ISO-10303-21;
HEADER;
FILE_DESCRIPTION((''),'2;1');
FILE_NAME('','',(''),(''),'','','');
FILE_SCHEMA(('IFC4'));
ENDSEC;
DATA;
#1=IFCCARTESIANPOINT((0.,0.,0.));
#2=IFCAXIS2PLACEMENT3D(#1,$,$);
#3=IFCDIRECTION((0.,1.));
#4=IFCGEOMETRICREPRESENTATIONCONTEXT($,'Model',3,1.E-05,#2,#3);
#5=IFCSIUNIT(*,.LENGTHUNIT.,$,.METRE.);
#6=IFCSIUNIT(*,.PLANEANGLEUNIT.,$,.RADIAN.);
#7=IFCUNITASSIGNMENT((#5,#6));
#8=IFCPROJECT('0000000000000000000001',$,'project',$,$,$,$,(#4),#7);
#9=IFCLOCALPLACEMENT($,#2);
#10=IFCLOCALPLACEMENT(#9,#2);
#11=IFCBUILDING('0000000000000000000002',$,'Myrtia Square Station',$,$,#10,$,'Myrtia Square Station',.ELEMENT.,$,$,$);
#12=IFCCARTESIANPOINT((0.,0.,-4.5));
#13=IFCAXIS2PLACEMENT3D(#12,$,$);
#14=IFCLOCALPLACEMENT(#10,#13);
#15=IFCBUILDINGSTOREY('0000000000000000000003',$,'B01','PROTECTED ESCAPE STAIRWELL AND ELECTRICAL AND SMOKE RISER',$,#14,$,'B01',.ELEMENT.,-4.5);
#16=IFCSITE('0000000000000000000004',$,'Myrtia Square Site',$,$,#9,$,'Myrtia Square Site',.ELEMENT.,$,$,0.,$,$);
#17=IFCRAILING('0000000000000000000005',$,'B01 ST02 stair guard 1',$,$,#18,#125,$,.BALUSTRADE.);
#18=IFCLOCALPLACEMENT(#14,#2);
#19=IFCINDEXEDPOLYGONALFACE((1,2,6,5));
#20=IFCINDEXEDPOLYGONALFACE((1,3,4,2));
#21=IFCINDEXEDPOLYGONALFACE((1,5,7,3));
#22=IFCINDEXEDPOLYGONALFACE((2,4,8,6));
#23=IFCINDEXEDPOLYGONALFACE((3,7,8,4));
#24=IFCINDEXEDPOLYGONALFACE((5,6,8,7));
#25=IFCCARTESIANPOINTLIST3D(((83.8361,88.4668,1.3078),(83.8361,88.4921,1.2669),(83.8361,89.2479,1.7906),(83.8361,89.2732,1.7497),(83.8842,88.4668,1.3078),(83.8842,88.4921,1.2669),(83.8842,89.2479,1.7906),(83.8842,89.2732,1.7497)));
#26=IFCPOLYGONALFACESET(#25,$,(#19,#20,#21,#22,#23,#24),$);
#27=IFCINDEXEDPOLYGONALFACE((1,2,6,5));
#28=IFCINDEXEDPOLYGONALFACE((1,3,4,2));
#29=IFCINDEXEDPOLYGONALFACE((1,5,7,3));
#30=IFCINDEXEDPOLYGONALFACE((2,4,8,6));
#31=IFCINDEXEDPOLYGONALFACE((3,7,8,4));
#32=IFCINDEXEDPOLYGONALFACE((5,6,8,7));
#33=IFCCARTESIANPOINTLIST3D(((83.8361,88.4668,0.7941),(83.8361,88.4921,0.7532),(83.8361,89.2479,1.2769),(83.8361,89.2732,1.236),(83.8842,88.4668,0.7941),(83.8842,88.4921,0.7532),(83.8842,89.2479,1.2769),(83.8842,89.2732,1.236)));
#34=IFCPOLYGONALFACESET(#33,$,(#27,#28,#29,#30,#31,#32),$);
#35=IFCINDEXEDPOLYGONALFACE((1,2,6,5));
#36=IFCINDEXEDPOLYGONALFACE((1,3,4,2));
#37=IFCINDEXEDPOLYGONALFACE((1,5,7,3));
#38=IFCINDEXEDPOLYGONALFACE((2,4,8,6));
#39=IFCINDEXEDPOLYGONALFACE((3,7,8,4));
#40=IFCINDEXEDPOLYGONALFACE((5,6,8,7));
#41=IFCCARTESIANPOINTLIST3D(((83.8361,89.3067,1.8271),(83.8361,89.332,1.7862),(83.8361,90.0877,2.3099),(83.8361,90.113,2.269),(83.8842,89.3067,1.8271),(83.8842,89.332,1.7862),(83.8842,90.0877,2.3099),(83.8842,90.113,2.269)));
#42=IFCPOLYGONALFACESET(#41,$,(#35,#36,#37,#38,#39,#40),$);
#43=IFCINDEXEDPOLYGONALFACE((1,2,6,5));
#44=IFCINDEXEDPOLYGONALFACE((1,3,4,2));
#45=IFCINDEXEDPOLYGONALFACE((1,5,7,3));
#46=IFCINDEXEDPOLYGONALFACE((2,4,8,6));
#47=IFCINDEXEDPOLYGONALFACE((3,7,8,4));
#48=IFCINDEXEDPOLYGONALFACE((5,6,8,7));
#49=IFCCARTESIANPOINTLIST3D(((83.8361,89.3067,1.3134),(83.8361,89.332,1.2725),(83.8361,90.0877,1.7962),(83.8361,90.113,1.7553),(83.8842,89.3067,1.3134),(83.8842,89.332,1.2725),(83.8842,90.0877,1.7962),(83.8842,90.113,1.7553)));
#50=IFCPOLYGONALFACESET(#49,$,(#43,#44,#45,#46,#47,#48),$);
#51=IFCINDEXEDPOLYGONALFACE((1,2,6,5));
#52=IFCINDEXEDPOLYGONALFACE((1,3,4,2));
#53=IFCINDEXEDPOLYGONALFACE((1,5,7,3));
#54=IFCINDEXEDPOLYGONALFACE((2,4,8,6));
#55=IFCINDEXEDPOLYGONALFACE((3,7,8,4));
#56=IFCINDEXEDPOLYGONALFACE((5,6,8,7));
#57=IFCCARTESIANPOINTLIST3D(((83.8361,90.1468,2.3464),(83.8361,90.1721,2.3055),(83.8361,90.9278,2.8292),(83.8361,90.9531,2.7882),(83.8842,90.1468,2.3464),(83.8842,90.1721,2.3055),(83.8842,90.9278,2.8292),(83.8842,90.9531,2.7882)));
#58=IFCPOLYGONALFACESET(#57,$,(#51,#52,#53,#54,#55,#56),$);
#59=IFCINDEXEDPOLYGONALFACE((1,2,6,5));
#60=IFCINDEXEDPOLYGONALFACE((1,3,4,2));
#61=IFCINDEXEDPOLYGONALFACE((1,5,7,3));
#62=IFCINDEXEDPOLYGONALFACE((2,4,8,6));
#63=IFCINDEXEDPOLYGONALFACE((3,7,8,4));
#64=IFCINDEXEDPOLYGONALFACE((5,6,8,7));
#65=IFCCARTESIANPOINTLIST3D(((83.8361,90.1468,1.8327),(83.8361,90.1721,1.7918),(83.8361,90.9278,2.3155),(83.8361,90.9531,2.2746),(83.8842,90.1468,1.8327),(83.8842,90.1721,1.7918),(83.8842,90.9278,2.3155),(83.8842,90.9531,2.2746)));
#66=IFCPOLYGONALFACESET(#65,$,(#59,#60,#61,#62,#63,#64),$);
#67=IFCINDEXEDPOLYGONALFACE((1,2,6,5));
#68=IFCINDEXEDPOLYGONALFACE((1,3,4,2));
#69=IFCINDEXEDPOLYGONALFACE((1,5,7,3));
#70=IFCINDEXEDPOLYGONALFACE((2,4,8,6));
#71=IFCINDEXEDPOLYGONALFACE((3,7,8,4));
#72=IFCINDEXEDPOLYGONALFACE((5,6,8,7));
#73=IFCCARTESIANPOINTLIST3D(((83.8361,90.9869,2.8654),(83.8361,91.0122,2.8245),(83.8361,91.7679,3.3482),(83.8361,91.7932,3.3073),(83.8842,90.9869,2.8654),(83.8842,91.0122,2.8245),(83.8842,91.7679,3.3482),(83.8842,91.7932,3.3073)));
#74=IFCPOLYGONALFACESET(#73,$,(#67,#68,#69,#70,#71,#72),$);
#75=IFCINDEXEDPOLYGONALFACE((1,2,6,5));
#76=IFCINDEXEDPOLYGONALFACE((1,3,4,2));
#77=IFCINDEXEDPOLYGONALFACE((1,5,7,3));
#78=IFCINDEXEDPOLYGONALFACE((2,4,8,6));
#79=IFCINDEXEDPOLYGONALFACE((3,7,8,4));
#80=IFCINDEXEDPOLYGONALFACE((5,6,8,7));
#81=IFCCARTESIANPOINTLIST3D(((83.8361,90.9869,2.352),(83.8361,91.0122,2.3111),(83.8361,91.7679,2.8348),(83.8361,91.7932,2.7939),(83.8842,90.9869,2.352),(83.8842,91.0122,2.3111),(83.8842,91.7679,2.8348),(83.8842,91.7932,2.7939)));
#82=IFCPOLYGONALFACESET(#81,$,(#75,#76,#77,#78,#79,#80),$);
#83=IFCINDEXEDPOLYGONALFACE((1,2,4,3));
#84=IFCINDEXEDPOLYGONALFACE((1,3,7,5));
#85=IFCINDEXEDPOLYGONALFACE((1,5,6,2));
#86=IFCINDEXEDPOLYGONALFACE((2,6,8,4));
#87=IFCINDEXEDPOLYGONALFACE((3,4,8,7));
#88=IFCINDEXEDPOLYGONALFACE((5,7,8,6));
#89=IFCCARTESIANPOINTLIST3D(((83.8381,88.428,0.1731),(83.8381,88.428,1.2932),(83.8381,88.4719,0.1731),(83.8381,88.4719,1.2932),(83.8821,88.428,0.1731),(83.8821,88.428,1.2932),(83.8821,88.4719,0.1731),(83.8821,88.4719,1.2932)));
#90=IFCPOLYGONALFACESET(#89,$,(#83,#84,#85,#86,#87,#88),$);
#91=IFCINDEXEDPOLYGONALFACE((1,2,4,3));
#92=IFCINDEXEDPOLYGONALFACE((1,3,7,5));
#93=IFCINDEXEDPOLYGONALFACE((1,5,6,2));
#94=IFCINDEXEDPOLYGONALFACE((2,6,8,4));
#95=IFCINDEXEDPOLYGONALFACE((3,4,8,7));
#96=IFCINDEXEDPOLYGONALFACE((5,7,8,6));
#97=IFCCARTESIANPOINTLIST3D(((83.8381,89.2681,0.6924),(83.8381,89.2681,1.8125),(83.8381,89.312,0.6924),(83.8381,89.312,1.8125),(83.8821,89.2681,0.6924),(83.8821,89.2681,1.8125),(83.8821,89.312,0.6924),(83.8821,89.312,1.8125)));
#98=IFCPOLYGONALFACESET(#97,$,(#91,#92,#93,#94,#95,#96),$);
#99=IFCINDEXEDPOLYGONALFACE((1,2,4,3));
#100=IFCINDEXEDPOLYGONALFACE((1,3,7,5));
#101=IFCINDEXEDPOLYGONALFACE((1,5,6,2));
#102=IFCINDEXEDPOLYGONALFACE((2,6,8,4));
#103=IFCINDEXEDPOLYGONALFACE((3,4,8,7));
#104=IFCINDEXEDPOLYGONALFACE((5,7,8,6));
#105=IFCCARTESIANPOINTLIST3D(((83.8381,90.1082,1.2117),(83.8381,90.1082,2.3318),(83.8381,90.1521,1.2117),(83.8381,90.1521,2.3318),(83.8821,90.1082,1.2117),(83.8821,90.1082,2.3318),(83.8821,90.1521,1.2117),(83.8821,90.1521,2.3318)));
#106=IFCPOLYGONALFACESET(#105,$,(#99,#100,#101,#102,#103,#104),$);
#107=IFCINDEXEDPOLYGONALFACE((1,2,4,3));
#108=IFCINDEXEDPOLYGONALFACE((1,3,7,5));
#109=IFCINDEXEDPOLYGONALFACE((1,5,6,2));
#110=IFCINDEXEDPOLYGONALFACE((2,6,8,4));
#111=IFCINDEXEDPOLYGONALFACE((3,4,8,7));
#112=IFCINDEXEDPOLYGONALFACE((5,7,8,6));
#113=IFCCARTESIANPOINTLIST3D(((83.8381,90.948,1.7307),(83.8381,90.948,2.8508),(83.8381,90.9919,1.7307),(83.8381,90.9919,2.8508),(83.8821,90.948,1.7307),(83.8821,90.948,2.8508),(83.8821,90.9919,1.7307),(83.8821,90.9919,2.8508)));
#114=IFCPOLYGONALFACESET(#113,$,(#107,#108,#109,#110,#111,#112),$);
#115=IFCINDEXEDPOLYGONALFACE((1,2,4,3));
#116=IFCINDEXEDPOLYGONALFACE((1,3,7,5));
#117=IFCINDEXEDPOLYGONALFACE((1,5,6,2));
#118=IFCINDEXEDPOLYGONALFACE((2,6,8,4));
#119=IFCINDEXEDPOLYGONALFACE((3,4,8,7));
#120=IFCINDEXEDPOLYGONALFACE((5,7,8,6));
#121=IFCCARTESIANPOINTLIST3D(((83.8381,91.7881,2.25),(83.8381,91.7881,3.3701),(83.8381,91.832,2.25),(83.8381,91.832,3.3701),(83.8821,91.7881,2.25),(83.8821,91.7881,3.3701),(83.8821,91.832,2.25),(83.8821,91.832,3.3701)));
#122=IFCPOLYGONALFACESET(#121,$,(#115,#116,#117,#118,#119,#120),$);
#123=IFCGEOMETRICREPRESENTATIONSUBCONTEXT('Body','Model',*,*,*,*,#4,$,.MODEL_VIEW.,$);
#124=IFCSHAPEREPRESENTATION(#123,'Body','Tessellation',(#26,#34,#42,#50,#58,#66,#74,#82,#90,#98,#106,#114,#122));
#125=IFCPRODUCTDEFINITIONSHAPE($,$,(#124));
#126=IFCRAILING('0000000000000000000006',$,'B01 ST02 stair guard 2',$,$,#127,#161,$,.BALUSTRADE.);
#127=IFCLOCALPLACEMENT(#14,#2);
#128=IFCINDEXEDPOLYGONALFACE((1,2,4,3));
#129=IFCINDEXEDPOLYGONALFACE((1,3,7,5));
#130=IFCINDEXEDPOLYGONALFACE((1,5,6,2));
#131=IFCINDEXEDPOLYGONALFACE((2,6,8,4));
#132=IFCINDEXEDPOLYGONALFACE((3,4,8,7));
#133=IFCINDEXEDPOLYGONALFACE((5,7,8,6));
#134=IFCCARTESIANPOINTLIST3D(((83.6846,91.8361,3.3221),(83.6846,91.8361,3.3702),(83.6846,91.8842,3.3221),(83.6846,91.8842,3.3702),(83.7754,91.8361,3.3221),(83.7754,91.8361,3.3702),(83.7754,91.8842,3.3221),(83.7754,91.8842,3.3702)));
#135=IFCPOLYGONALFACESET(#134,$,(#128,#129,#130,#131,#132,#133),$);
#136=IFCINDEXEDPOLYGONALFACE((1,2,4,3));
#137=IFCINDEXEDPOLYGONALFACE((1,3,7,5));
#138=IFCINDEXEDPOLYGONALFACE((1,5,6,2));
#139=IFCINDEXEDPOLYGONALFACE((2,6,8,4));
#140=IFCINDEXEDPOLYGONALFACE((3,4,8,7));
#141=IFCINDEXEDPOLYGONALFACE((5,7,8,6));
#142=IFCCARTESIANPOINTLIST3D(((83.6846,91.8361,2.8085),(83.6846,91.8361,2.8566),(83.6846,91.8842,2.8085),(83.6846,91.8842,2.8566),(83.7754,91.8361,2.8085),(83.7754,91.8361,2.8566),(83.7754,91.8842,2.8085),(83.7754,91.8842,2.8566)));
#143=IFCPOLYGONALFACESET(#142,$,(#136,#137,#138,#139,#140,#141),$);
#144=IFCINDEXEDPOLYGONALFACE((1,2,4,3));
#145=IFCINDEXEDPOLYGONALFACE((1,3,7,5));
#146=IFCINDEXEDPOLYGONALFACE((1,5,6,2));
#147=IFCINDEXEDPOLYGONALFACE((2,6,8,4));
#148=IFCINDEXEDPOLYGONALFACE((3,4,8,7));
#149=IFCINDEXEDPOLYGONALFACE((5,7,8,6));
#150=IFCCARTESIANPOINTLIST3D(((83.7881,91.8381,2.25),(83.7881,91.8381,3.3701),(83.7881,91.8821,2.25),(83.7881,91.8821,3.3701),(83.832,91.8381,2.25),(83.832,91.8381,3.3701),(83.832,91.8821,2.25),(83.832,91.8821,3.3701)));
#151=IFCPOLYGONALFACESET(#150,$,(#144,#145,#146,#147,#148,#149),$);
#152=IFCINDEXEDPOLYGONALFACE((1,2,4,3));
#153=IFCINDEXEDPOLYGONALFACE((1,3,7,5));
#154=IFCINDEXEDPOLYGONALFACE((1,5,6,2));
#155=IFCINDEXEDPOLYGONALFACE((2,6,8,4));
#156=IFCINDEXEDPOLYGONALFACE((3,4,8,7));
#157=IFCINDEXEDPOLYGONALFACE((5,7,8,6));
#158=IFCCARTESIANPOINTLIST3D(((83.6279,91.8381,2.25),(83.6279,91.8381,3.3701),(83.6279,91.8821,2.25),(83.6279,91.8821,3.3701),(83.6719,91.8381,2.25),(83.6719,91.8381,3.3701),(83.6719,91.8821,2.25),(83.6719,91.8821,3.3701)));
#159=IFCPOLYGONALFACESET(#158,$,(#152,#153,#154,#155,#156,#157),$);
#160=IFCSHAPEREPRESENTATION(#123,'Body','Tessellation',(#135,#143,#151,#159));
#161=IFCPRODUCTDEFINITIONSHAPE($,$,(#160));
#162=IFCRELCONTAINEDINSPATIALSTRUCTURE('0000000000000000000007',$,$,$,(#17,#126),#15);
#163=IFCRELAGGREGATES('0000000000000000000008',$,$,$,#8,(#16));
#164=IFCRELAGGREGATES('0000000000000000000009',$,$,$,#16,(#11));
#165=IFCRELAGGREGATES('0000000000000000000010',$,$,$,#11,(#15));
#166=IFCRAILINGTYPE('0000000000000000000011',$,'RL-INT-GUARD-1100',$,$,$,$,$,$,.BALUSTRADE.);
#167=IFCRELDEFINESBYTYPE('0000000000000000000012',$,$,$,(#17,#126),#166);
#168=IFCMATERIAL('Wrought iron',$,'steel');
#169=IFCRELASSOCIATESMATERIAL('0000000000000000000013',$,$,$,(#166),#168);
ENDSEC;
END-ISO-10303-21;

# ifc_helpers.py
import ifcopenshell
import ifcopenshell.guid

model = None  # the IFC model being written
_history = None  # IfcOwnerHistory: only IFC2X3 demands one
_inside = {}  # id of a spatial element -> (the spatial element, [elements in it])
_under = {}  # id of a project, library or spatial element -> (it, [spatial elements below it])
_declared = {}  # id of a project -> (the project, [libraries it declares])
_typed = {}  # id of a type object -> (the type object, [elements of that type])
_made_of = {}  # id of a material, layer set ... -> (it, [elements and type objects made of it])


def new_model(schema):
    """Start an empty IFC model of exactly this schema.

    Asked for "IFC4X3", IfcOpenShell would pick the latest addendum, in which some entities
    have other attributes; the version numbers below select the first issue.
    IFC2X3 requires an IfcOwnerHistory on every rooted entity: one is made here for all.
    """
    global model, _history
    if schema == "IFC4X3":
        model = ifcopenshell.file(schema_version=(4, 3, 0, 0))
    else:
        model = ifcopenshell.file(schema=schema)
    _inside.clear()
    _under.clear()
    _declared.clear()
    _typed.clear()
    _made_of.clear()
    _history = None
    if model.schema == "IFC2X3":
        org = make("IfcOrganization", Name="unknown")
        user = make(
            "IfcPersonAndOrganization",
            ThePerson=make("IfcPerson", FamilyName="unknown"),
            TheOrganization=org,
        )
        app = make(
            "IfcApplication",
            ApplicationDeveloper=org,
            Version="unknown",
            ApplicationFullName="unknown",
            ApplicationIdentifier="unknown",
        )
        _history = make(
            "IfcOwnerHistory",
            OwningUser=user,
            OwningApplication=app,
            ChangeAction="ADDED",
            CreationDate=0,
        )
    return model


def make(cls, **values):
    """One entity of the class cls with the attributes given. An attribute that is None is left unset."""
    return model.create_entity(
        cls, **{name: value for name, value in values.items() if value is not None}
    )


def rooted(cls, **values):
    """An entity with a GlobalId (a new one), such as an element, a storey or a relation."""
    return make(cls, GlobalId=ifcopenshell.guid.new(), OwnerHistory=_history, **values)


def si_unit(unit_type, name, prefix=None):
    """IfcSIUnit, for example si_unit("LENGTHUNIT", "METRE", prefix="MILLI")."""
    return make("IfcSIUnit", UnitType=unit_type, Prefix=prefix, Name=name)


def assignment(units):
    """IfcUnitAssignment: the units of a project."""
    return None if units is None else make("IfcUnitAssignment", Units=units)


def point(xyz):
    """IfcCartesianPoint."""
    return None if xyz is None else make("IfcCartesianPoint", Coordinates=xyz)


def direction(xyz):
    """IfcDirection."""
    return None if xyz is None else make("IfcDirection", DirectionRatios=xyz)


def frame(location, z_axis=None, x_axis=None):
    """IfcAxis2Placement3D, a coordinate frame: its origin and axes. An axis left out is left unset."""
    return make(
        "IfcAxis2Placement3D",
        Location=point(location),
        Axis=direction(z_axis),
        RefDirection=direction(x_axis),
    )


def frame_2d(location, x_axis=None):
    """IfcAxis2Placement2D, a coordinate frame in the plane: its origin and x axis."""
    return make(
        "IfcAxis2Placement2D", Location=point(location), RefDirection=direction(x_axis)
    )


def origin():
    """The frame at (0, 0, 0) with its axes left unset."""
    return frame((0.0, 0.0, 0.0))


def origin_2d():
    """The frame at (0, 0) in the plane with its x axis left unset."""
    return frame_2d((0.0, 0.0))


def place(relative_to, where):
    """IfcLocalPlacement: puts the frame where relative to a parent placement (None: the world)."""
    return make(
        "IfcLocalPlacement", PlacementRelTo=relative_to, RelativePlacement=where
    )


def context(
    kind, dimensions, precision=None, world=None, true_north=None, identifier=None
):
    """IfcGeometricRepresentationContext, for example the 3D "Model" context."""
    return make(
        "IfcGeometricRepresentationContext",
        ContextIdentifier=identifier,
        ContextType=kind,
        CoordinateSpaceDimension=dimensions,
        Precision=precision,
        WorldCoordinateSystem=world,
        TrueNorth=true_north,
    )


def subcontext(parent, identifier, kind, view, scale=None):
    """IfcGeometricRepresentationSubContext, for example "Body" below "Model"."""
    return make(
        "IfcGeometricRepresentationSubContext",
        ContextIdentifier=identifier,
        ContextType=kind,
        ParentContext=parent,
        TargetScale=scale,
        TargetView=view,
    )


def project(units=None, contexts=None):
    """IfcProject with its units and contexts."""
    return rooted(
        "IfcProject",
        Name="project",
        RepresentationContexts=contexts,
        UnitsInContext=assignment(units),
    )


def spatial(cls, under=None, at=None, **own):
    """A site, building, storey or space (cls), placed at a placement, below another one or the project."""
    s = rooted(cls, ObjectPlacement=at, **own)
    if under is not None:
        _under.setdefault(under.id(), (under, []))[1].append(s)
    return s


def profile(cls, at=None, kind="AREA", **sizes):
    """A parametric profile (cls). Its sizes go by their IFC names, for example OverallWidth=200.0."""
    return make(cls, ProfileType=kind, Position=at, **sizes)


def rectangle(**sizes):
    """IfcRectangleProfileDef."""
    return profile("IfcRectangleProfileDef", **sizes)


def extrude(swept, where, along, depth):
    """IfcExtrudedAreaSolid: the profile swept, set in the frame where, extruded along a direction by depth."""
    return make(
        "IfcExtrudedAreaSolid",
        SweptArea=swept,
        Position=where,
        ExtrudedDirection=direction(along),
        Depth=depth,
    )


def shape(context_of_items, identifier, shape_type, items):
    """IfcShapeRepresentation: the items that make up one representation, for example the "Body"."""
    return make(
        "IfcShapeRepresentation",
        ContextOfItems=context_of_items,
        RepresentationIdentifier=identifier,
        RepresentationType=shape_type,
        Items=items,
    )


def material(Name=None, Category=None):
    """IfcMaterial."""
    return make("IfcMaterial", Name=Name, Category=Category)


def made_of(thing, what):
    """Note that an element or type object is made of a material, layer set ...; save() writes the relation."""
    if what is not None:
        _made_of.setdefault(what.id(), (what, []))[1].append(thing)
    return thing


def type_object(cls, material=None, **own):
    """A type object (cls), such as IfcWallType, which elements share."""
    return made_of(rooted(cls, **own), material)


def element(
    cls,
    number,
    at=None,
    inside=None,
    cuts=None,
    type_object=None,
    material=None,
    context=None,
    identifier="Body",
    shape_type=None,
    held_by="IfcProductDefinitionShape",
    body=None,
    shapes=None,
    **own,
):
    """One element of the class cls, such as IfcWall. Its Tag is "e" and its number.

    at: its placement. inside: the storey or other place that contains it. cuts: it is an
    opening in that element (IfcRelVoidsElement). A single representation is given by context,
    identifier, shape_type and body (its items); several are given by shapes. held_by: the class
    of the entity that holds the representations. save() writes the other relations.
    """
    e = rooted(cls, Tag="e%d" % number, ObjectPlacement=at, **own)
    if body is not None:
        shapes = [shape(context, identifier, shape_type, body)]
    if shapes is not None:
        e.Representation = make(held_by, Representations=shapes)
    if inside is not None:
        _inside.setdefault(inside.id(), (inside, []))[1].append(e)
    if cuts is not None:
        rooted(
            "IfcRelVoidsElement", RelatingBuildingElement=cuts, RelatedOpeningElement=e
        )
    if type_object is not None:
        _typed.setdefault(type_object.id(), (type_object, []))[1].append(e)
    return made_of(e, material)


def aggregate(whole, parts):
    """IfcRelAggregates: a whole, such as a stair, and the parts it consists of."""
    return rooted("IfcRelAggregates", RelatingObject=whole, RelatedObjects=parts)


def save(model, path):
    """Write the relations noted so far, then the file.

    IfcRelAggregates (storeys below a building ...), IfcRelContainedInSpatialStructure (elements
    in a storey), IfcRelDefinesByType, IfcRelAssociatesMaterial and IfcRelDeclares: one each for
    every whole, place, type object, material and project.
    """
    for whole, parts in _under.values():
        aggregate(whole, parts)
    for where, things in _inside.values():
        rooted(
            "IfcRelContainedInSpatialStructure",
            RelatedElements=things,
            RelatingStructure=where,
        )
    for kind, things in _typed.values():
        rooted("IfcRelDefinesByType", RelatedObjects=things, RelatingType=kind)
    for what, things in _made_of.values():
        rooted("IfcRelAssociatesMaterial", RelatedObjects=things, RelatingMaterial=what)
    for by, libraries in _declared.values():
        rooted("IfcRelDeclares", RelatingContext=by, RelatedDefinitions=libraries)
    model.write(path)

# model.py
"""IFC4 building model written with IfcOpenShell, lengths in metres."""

from ifc_helpers import new_model, si_unit, direction, frame, origin, origin_2d, place, context, subcontext, project, spatial, rectangle, extrude, material, type_object, element, save


model = new_model("IFC4")

# Units and contexts
model_context = context("Model", 3, precision=1e-05, world=origin(), true_north=direction((0.0, 1.0)))
body_context = subcontext(model_context, "Body", "Model", "MODEL_VIEW")
ifc_project = project(units=[si_unit("LENGTHUNIT", "METRE"), si_unit("PLANEANGLEUNIT", "RADIAN")], contexts=[model_context])

# Site, building, storey
site_placement = place(None, origin())
site = spatial("IfcSite", under=ifc_project, at=site_placement, Name="Myrtia Square Site", LongName="Myrtia Square Site", CompositionType="ELEMENT", RefElevation=0.0)
building_placement = place(site_placement, origin())
building = spatial("IfcBuilding", under=site, at=building_placement, Name="Myrtia Square Station", LongName="Myrtia Square Station", CompositionType="ELEMENT")
storey_placement = place(building_placement, frame((0.0, 0.0, -4.5)))
storey = spatial("IfcBuildingStorey", under=building, at=storey_placement, Name="B01", Description="PROTECTED ESCAPE STAIRWELL AND ELECTRICAL AND SMOKE RISER", LongName="B01", CompositionType="ELEMENT", Elevation=-4.5)

# Railings
ifc_material_1 = material(Name="Wrought iron", Category="steel")
railing_type_1 = type_object("IfcRailingType", Name="RL-INT-GUARD-1100", PredefinedType="BALUSTRADE", material=ifc_material_1)
railing_1_placement = place(storey_placement, frame((83.8601, 88.45, 0.1731)))
element("IfcRailing", 1, at=railing_1_placement, inside=storey, type_object=railing_type_1, Name="B01 ST02 stair guard 1", PredefinedType="BALUSTRADE", context=body_context, shape_type="SweptSolid", body=[
    extrude(rectangle(XDim=0.0481, YDim=0.0481, at=origin_2d()), frame((0.0, 0.0295, 1.1143), z_axis=(0.0, 0.850623, 0.525776), x_axis=(-1.0, 0.0, 0.0)), (0.0, 0.0, 1.0), 0.9182),
    extrude(rectangle(XDim=0.0481, YDim=0.0481, at=origin_2d()), frame((0.0, 0.0295, 0.6006), z_axis=(0.0, 0.850623, 0.525776), x_axis=(-1.0, 0.0, 0.0)), (0.0, 0.0, 1.0), 0.9182),
    extrude(rectangle(XDim=0.0481, YDim=0.0481, at=origin_2d()), frame((0.0, 0.8694, 1.6335), z_axis=(0.0, 0.850623, 0.525776), x_axis=(-1.0, 0.0, 0.0)), (0.0, 0.0, 1.0), 0.9182),
    extrude(rectangle(XDim=0.0481, YDim=0.0481, at=origin_2d()), frame((0.0, 0.8694, 1.1199), z_axis=(0.0, 0.850623, 0.525776), x_axis=(-1.0, 0.0, 0.0)), (0.0, 0.0, 1.0), 0.9182),
    extrude(rectangle(XDim=0.0481, YDim=0.0481, at=origin_2d()), frame((0.0, 1.7095, 2.1528), z_axis=(0.0, 0.850623, 0.525776), x_axis=(-1.0, 0.0, 0.0)), (0.0, 0.0, 1.0), 0.9182),
    extrude(rectangle(XDim=0.0481, YDim=0.0481, at=origin_2d()), frame((0.0, 1.7095, 1.6392), z_axis=(0.0, 0.850623, 0.525776), x_axis=(-1.0, 0.0, 0.0)), (0.0, 0.0, 1.0), 0.9182),
    extrude(rectangle(XDim=0.0481, YDim=0.0481, at=origin_2d()), frame((0.0, 2.5496, 2.6719), z_axis=(0.0, 0.850623, 0.525776), x_axis=(-1.0, 0.0, 0.0)), (0.0, 0.0, 1.0), 0.9182),
    extrude(rectangle(XDim=0.0481, YDim=0.0481, at=origin_2d()), frame((0.0, 2.5496, 2.1584), z_axis=(0.0, 0.850623, 0.525776), x_axis=(-1.0, 0.0, 0.0)), (0.0, 0.0, 1.0), 0.9182),
    extrude(rectangle(XDim=0.0439, YDim=0.0439, at=origin_2d()), origin(), (0.0, 0.0, 1.0), 1.1201),
    extrude(rectangle(XDim=0.0439, YDim=0.0439, at=origin_2d()), frame((0.0, 0.8401, 0.5193)), (0.0, 0.0, 1.0), 1.1201),
    extrude(rectangle(XDim=0.0439, YDim=0.0439, at=origin_2d()), frame((0.0, 1.6802, 1.0386)), (0.0, 0.0, 1.0), 1.1201),
    extrude(rectangle(XDim=0.0439, YDim=0.0439, at=origin_2d()), frame((0.0, 2.52, 1.5576)), (0.0, 0.0, 1.0), 1.1201),
    extrude(rectangle(XDim=0.0439, YDim=0.0439, at=origin_2d()), frame((0.0, 3.3601, 2.0769)), (0.0, 0.0, 1.0), 1.1201),
])
railing_2_placement = place(storey_placement, frame((83.8101, 91.8601, 2.25)))
element("IfcRailing", 2, at=railing_2_placement, inside=storey, type_object=railing_type_1, Name="B01 ST02 stair guard 2", PredefinedType="BALUSTRADE", context=body_context, shape_type="SweptSolid", body=[
    extrude(rectangle(XDim=0.0481, YDim=0.0481, at=origin_2d()), frame((-0.0347, 0.0, 1.0962), z_axis=(-1.0, 0.0, 0.0), x_axis=(0.0, -1.0, 0.0)), (0.0, 0.0, 1.0), 0.0908),
    extrude(rectangle(XDim=0.0481, YDim=0.0481, at=origin_2d()), frame((-0.0347, 0.0, 0.5825), z_axis=(-1.0, 0.0, 0.0), x_axis=(0.0, -1.0, 0.0)), (0.0, 0.0, 1.0), 0.0908),
    extrude(rectangle(XDim=0.0439, YDim=0.0439, at=origin_2d()), origin(), (0.0, 0.0, 1.0), 1.1201),
    extrude(rectangle(XDim=0.0439, YDim=0.0439, at=origin_2d()), frame((-0.1602, 0.0, 0.0)), (0.0, 0.0, 1.0), 1.1201),
])

save(model, "model.ifc")
